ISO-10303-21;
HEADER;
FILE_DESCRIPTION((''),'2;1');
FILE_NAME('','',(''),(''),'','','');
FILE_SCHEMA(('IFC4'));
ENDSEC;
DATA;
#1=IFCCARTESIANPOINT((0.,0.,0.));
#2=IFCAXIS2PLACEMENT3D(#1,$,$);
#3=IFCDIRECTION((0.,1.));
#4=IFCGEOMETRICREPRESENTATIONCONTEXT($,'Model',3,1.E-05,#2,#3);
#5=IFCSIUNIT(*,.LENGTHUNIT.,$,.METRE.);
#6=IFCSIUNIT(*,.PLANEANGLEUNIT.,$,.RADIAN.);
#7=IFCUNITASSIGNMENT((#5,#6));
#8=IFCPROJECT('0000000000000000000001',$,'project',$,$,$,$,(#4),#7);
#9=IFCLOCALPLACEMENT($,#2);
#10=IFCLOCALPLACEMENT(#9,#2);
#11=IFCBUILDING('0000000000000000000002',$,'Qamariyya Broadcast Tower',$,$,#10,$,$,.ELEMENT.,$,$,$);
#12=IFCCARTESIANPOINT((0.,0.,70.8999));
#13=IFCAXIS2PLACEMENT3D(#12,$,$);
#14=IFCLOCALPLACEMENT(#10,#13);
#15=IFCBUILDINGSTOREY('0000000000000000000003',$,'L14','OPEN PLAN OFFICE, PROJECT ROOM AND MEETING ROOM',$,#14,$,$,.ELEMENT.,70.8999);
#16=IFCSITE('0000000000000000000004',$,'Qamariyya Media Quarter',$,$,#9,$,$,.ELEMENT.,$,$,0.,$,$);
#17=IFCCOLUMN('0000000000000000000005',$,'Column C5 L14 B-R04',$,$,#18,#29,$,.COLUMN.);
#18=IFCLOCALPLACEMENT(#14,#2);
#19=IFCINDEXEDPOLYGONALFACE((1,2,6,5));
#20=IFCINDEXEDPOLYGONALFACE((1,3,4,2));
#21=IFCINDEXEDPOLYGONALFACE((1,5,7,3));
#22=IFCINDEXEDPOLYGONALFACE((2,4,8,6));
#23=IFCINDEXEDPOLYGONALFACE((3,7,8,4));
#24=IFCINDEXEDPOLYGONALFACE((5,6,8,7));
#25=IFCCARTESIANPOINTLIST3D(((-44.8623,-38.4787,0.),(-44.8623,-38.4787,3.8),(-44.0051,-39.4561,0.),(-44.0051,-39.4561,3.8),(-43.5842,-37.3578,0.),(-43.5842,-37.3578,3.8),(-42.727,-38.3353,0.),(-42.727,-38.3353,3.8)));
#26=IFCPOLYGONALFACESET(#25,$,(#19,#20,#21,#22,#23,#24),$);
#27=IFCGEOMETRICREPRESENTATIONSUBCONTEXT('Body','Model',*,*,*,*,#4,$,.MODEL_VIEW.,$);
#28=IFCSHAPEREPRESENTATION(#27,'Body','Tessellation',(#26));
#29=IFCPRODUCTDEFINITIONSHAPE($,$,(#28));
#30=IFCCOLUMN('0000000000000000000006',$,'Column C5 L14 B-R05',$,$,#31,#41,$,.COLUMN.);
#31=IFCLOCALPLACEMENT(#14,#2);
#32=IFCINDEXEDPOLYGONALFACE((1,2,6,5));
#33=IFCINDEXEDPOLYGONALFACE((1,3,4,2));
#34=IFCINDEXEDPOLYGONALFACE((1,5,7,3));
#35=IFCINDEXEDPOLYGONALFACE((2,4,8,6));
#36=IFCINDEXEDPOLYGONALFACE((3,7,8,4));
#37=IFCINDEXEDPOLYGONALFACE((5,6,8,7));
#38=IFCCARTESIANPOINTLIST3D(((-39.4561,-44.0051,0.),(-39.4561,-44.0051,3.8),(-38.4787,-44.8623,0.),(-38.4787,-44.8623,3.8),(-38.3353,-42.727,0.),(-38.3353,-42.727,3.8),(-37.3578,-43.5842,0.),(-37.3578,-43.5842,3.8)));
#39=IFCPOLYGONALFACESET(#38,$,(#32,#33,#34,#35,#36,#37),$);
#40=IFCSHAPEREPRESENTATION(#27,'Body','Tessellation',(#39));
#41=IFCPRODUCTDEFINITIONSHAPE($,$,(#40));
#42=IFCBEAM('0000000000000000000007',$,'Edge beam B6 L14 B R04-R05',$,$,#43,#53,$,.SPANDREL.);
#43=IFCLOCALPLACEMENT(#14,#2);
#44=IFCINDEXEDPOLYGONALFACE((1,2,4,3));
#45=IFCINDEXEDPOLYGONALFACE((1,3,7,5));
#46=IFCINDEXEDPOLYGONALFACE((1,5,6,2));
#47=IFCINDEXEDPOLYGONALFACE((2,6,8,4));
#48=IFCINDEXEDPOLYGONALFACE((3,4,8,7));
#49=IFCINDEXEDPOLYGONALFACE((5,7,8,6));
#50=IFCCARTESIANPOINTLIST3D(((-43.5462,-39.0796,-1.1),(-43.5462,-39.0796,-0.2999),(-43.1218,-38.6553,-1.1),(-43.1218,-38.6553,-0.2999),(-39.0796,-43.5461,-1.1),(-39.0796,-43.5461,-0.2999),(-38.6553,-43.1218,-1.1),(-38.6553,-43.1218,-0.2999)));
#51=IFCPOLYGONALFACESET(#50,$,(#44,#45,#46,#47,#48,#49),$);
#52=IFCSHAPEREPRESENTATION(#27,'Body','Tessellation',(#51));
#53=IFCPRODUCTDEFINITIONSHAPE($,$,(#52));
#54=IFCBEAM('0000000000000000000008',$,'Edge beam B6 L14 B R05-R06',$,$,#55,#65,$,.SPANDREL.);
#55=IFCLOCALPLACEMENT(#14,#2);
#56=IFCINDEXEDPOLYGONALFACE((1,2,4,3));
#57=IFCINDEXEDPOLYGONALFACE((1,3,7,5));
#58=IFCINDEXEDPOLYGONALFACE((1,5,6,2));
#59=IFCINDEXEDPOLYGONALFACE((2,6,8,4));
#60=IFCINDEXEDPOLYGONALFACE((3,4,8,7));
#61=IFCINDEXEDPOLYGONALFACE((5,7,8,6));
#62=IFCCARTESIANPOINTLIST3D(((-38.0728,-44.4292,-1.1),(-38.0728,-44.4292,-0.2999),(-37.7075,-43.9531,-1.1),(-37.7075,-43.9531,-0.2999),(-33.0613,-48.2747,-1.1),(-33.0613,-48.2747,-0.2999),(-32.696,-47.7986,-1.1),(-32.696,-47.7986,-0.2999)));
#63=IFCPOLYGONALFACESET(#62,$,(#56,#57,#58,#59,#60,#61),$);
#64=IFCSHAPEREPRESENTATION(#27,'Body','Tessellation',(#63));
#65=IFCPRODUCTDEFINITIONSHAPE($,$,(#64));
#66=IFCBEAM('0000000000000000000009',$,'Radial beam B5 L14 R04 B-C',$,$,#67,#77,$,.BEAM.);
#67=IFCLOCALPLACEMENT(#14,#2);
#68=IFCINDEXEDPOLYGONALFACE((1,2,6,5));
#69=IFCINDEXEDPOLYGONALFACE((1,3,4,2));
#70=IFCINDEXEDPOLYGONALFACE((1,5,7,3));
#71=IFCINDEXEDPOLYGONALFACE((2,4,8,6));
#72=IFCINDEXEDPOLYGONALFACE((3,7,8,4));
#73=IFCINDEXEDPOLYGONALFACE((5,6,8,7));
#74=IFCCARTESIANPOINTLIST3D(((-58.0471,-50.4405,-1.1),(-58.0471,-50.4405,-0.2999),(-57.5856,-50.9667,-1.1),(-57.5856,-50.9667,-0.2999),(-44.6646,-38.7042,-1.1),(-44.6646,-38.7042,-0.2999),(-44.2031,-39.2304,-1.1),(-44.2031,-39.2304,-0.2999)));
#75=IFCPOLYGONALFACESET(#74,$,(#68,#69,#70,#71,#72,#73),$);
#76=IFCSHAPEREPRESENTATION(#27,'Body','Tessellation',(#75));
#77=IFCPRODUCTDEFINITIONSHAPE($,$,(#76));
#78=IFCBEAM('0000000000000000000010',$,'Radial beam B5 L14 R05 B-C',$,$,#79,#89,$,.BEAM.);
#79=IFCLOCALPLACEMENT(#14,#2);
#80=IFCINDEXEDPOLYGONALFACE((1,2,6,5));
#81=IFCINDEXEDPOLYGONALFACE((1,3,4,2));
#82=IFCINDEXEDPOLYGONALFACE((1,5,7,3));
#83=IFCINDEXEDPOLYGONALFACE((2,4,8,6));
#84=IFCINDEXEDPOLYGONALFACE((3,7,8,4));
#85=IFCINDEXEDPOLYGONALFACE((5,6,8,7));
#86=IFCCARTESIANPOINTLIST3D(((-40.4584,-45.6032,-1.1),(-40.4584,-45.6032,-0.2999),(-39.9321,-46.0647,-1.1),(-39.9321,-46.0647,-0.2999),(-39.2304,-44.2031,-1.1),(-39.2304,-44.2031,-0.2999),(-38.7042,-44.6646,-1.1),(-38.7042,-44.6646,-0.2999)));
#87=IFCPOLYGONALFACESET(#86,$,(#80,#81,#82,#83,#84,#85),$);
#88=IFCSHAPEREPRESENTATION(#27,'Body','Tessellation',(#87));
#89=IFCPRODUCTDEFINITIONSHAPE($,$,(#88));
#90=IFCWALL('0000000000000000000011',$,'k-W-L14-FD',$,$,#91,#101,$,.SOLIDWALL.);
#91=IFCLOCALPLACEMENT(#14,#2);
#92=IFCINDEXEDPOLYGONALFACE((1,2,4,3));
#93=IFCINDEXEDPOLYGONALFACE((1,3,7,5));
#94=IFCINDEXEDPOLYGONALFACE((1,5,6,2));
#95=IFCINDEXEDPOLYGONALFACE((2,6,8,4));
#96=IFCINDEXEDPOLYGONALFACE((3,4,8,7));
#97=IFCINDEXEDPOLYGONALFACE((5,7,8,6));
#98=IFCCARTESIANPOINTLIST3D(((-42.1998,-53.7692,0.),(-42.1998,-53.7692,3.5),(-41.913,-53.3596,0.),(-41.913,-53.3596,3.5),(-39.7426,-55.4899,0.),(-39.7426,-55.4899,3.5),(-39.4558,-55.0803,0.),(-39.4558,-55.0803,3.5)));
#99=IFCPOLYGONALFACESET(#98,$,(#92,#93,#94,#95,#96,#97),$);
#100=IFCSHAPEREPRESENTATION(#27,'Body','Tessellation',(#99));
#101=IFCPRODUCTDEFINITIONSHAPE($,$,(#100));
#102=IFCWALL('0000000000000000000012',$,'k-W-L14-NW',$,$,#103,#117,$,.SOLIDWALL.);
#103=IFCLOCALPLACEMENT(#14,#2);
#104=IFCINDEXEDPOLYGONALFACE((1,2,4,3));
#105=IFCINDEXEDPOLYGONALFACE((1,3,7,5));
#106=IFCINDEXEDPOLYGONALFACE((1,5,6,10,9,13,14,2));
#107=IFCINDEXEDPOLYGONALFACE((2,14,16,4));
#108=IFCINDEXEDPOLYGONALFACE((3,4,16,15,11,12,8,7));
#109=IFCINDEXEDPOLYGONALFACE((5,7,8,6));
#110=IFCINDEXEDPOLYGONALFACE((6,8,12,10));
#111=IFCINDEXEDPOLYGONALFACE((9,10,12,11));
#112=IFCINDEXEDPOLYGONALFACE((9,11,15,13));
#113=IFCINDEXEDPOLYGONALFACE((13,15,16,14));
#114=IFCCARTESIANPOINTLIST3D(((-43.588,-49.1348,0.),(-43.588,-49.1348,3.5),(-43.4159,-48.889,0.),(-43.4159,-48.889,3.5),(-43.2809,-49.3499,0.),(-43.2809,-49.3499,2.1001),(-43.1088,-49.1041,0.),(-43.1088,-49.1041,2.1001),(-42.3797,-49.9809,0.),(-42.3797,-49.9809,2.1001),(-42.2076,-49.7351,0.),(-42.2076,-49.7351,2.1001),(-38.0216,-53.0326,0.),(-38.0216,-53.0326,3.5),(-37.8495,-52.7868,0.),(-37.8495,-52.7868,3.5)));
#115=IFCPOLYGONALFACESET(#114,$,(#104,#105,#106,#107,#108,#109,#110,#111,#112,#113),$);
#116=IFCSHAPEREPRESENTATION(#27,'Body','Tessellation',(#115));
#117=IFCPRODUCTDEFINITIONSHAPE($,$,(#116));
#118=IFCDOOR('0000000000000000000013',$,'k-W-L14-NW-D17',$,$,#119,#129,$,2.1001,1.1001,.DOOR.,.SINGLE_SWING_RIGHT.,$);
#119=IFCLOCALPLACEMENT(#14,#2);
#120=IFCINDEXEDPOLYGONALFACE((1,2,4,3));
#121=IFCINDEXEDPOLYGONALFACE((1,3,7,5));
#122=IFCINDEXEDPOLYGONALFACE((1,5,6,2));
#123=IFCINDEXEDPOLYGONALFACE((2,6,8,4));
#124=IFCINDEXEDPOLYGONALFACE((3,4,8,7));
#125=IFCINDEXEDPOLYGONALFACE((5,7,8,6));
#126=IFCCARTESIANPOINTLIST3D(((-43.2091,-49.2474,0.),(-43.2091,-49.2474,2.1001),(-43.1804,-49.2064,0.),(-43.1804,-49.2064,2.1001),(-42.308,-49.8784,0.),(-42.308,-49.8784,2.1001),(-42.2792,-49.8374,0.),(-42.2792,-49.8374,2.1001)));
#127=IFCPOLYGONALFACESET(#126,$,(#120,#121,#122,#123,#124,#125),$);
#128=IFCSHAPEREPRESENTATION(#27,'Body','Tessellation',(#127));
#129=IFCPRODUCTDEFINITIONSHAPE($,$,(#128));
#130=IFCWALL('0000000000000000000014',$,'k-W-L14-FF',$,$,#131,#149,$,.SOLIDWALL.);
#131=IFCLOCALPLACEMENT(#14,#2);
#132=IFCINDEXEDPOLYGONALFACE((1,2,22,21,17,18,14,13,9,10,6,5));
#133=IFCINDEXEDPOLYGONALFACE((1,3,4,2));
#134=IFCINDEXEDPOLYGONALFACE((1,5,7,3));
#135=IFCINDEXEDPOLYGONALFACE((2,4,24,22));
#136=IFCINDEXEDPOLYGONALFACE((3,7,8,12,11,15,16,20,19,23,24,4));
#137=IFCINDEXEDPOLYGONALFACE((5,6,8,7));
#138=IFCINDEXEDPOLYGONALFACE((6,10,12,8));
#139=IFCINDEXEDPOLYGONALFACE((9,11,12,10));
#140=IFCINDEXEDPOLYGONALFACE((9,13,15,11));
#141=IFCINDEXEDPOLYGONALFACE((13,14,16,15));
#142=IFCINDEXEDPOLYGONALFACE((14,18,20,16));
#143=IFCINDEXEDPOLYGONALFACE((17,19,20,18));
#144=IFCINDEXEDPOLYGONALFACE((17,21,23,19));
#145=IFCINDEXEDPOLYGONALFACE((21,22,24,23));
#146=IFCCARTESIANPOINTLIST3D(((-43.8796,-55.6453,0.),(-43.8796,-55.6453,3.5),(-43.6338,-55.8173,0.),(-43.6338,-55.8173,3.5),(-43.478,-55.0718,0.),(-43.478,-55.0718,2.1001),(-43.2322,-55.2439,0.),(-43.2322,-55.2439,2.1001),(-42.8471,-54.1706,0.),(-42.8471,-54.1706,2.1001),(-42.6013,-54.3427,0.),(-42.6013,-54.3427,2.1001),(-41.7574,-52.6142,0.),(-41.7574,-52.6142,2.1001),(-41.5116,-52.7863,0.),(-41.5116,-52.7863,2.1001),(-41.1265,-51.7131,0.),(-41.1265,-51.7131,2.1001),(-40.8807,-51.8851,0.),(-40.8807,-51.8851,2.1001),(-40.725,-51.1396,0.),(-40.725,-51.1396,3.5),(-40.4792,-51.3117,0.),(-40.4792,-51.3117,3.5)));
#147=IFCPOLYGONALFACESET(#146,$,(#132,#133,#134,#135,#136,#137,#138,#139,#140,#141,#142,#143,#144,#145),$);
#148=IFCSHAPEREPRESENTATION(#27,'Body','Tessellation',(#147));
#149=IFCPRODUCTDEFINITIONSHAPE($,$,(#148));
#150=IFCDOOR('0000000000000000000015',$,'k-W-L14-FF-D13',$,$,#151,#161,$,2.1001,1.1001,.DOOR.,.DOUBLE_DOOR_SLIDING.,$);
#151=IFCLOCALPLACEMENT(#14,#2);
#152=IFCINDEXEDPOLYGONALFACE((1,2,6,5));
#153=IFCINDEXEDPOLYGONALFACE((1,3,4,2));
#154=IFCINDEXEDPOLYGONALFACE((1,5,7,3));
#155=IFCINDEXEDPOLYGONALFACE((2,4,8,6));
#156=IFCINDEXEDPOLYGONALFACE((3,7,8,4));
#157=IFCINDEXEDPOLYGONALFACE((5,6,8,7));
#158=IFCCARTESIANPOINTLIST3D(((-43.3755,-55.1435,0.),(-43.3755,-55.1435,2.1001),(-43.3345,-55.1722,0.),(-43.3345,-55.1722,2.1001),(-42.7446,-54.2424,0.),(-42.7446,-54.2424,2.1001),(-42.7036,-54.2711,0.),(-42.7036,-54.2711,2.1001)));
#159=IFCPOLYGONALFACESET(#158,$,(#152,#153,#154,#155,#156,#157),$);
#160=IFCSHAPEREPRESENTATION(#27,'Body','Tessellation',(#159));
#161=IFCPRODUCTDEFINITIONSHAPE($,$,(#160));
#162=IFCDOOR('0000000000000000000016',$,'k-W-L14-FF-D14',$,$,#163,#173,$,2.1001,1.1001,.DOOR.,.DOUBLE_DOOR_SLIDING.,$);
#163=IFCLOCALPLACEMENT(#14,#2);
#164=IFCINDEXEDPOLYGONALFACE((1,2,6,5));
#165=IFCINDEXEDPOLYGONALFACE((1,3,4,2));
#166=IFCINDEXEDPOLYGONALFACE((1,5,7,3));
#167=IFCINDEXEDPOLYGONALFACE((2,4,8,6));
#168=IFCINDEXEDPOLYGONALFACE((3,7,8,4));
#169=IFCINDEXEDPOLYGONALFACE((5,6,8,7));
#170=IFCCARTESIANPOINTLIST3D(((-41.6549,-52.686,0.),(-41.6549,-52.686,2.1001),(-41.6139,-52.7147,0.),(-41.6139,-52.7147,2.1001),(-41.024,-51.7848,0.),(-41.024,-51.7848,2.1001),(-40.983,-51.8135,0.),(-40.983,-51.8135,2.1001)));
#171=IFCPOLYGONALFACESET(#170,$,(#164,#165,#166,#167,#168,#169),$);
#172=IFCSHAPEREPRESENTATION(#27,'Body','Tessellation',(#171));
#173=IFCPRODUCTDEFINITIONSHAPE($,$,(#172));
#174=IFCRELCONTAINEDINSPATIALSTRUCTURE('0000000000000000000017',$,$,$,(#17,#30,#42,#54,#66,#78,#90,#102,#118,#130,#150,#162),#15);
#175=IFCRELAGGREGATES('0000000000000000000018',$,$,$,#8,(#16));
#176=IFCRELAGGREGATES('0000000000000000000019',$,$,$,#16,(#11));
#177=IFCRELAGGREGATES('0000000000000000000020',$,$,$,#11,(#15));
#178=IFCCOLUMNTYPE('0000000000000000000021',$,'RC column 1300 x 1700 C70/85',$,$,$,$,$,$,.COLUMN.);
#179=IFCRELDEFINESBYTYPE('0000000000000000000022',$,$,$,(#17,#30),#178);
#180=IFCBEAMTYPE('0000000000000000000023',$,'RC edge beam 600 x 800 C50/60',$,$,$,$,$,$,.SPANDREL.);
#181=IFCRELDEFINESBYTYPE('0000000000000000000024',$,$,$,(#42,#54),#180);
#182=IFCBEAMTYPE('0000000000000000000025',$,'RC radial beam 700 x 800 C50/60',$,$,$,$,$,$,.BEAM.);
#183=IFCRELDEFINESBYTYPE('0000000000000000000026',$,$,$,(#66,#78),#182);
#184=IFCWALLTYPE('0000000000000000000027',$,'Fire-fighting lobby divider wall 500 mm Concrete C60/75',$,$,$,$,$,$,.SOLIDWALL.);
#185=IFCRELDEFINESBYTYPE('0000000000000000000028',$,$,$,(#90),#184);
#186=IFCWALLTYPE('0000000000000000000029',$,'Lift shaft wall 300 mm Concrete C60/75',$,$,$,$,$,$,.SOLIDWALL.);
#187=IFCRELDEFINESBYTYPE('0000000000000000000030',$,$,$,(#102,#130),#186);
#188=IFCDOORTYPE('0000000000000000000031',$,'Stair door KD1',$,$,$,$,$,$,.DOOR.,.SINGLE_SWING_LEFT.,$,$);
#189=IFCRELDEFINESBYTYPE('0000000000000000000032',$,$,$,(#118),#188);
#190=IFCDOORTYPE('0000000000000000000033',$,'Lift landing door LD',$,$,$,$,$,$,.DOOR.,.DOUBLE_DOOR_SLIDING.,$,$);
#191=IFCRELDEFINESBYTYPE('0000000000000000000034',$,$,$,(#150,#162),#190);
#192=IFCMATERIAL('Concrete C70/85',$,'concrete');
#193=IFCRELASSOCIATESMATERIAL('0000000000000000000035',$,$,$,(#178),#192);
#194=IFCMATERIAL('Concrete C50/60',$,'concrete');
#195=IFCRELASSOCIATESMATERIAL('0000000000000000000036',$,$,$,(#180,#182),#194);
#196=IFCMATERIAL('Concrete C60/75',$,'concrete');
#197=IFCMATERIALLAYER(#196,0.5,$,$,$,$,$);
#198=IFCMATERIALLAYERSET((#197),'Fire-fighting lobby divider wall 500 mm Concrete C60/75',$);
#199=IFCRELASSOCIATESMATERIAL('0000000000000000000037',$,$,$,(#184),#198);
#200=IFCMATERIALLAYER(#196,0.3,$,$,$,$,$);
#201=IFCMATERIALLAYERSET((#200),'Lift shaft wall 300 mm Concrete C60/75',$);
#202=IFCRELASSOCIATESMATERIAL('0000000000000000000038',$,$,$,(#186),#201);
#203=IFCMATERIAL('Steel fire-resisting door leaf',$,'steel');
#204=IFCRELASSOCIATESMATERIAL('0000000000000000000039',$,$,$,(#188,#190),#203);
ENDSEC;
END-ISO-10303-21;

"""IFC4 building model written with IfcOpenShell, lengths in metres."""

from ifc_helpers import new_model, si_unit, direction, frame, frame_2d, origin, origin_2d, place, context, subcontext, project, spatial, rectangle, extrude, material, layer, layer_set, material_profile, profile_set, type_object, element, fill, save


model = new_model("IFC4")

# Units and contexts
model_context = context("Model", 3, precision=1e-05, world=origin(), true_north=direction((0.0, 1.0)))
body_context = subcontext(model_context, "Body", "Model", "MODEL_VIEW")
ifc_project = project(units=[si_unit("LENGTHUNIT", "METRE"), si_unit("PLANEANGLEUNIT", "RADIAN")], contexts=[model_context])

# Site, building, storey
site_placement = place(None, origin())
site = spatial("IfcSite", under=ifc_project, at=site_placement, Name="Qamariyya Media Quarter", CompositionType="ELEMENT", RefElevation=0.0)
building_placement = place(site_placement, origin())
building = spatial("IfcBuilding", under=site, at=building_placement, Name="Qamariyya Broadcast Tower", CompositionType="ELEMENT")
storey_placement = place(building_placement, frame((0.0, 0.0, 70.8999)))
storey = spatial("IfcBuildingStorey", under=building, at=storey_placement, Name="L14", Description="OPEN PLAN OFFICE, PROJECT ROOM AND MEETING ROOM", CompositionType="ELEMENT", Elevation=70.8999)

# Columns
ifc_material_1 = material(Name="Concrete C70/85", Category="concrete")
ifc_material_profile_1 = material_profile(ifc_material_1, rectangle(XDim=1.3, YDim=1.7, at=origin_2d()))
ifc_profile_set_1 = profile_set([ifc_material_profile_1], Name="Concrete C70/85")
column_type = type_object("IfcColumnType", Name="RC column 1300 x 1700 C70/85", PredefinedType="COLUMN", material=ifc_profile_set_1)
for number, where, z_axis, x_axis, name in (
    (1, (-43.7947, -38.407, 0.0), (0.0, 0.0, 1.0), (0.659346, -0.75184, 0.0), "Column C5 L14 B-R04"),
    (2, (-38.407, -43.7947, 0.0), (0.0, 0.0, 1.0), (0.75184, -0.659346, 0.0), "Column C5 L14 B-R05"),
):
    element("IfcColumn", number, at=place(storey_placement, frame(where, z_axis=z_axis, x_axis=x_axis)), inside=storey, type_object=column_type, Name=name, PredefinedType="COLUMN", context=body_context, shape_type="SweptSolid", body=[
        extrude(rectangle(XDim=1.3, YDim=1.7, at=origin_2d()), origin(), (0.0, 0.0, 1.0), 3.8),
    ])

# Beams
ifc_material_2 = material(Name="Concrete C50/60", Category="concrete")
ifc_material_profile_2 = material_profile(ifc_material_2, rectangle(XDim=0.6001, YDim=0.8, at=origin_2d()))
ifc_profile_set_2 = profile_set([ifc_material_profile_2], Name="Concrete C50/60")
beam_type_1 = type_object("IfcBeamType", Name="RC edge beam 600 x 800 C50/60", PredefinedType="SPANDREL", material=ifc_profile_set_2)
beam_1_placement = place(storey_placement, frame((-43.334, -38.8674, -0.7), z_axis=(0.707107, -0.707107, 0.0), x_axis=(0.707107, 0.707107, 0.0)))
element("IfcBeam", 3, at=beam_1_placement, inside=storey, type_object=beam_type_1, Name="Edge beam B6 L14 B R04-R05", PredefinedType="SPANDREL", context=body_context, shape_type="SweptSolid", body=[
    extrude(rectangle(XDim=0.6001, YDim=0.8, at=origin_2d()), origin(), (0.0, 0.0, 1.0), 6.3167),
])
beam_2_placement = place(storey_placement, frame((-37.8901, -44.1912, -0.7), z_axis=(0.793352, -0.608763, 0.0), x_axis=(0.608763, 0.793352, 0.0)))
element("IfcBeam", 4, at=beam_2_placement, inside=storey, type_object=beam_type_1, Name="Edge beam B6 L14 B R05-R06", PredefinedType="SPANDREL", context=body_context, shape_type="SweptSolid", body=[
    extrude(rectangle(XDim=0.6001, YDim=0.8, at=origin_2d()), origin(), (0.0, 0.0, 1.0), 6.3169),
])
ifc_material_profile_3 = material_profile(ifc_material_2, rectangle(XDim=0.7, YDim=0.8, at=origin_2d()))
ifc_profile_set_3 = profile_set([ifc_material_profile_3], Name="Concrete C50/60")
beam_type_2 = type_object("IfcBeamType", Name="RC radial beam 700 x 800 C50/60", PredefinedType="BEAM", material=ifc_profile_set_3)
beam_3_placement = place(storey_placement, frame((-44.4338, -38.9673, -0.7), z_axis=(-0.751836, -0.65935, 0.0), x_axis=(0.65935, -0.751836, 0.0)))
element("IfcBeam", 5, at=beam_3_placement, inside=storey, type_object=beam_type_2, Name="Radial beam B5 L14 R04 B-C", PredefinedType="BEAM", context=body_context, shape_type="SweptSolid", body=[
    extrude(rectangle(XDim=0.7, YDim=0.8, at=origin_2d()), origin(), (0.0, 0.0, 1.0), 17.7998),
])
beam_4_placement = place(storey_placement, frame((-38.9673, -44.4338, -0.7), z_axis=(-0.659386, -0.751805, 0.0), x_axis=(0.751805, -0.659386, 0.0)))
element("IfcBeam", 6, at=beam_4_placement, inside=storey, type_object=beam_type_2, Name="Radial beam B5 L14 R05 B-C", PredefinedType="BEAM", context=body_context, shape_type="SweptSolid", body=[
    extrude(rectangle(XDim=0.7, YDim=0.8, at=origin_2d()), origin(), (0.0, 0.0, 1.0), 1.8623),
])

# Wall
ifc_material_3 = material(Name="Concrete C60/75", Category="concrete")
ifc_layer_1 = layer(ifc_material_3, 0.5)
ifc_layer_set_1 = layer_set([ifc_layer_1], Name="Fire-fighting lobby divider wall 500 mm Concrete C60/75")
wall_type_1 = type_object("IfcWallType", Name="Fire-fighting lobby divider wall 500 mm Concrete C60/75", PredefinedType="SOLIDWALL", material=ifc_layer_set_1)
wall_1_placement = place(storey_placement, frame((-39.5991, -55.2852, 0.0), z_axis=(0.0, 0.0, 1.0), x_axis=(-0.819136, 0.573599, 0.0)))
element("IfcWall", 7, at=wall_1_placement, inside=storey, type_object=wall_type_1, Name="k-W-L14-FD", PredefinedType="SOLIDWALL", context=body_context, shape_type="SweptSolid", body=[
    extrude(rectangle(XDim=2.9998, YDim=0.5, at=frame_2d((1.5, 0.0))), origin(), (0.0, 0.0, 1.0), 3.5),
])

# Wall, opening, door
ifc_layer_2 = layer(ifc_material_3, 0.3)
ifc_layer_set_2 = layer_set([ifc_layer_2], Name="Lift shaft wall 300 mm Concrete C60/75")
wall_type_2 = type_object("IfcWallType", Name="Lift shaft wall 300 mm Concrete C60/75", PredefinedType="SOLIDWALL", material=ifc_layer_set_2)
wall_2_placement = place(storey_placement, frame((-37.9355, -52.9097, 0.0), z_axis=(0.0, 0.0, 1.0), x_axis=(-0.819148, 0.573583, 0.0)))
wall_2 = element("IfcWall", 8, at=wall_2_placement, inside=storey, type_object=wall_type_2, Name="k-W-L14-NW", PredefinedType="SOLIDWALL", context=body_context, shape_type="SweptSolid", body=[
    extrude(rectangle(XDim=6.7954, YDim=0.3, at=frame_2d((3.3977, 0.0))), origin(), (0.0, 0.0, 1.0), 3.5),
])
opening_1_placement = place(wall_2_placement, frame((5.3203, 0.0, 0.0)))
opening_1 = element("IfcOpeningElement", 9, at=opening_1_placement, cuts=wall_2, PredefinedType="OPENING", context=body_context, shape_type="SweptSolid", body=[
    extrude(rectangle(XDim=1.1001, YDim=2.1001, at=frame_2d((0.55, 1.05))), frame((0.0, 0.1599, 0.0), z_axis=(0.0, -1.0, 0.0), x_axis=(1.0, 0.0, 0.0)), (0.0, 0.0, 1.0), 0.3201),
])
ifc_material_4 = material(Name="Steel fire-resisting door leaf", Category="steel")
door_type_1 = type_object("IfcDoorType", Name="Stair door KD1", OperationType="SINGLE_SWING_LEFT", PredefinedType="DOOR", material=ifc_material_4)
door_1_placement = place(opening_1_placement, origin())
door_1 = element("IfcDoor", 10, at=door_1_placement, inside=storey, type_object=door_type_1, Name="k-W-L14-NW-D17", OperationType="SINGLE_SWING_RIGHT", OverallHeight=2.1001, OverallWidth=1.1001, PredefinedType="DOOR", context=body_context, shape_type="SweptSolid", body=[
    extrude(rectangle(XDim=1.1001, YDim=2.1001, at=frame_2d((0.55, 1.05))), frame((0.0, 0.0249, 0.0), z_axis=(0.0, -1.0, 0.0), x_axis=(1.0, 0.0, 0.0)), (0.0, 0.0, 1.0), 0.05),
])
fill(opening_1, door_1)

# Wall, openings, doors
wall_3_placement = place(storey_placement, frame((-43.7566, -55.7312, 0.0), z_axis=(0.0, 0.0, 1.0), x_axis=(0.573537, 0.81918, 0.0)))
wall_3 = element("IfcWall", 11, at=wall_3_placement, inside=storey, type_object=wall_type_2, Name="k-W-L14-FF", PredefinedType="SOLIDWALL", context=body_context, shape_type="SweptSolid", body=[
    extrude(rectangle(XDim=5.5002, YDim=0.3, at=frame_2d((2.75, 0.0))), origin(), (0.0, 0.0, 1.0), 3.5),
])
opening_2_placement = place(wall_3_placement, frame((0.7, 0.0, 0.0)))
opening_2 = element("IfcOpeningElement", 12, at=opening_2_placement, cuts=wall_3, PredefinedType="OPENING", context=body_context, shape_type="SweptSolid", body=[
    extrude(rectangle(XDim=1.1001, YDim=2.1001, at=frame_2d((0.55, 1.05))), frame((0.0, 0.1599, 0.0), z_axis=(0.0, -1.0, 0.0), x_axis=(1.0, 0.0, 0.0)), (0.0, 0.0, 1.0), 0.3201),
])
opening_3_placement = place(wall_3_placement, frame((3.7, 0.0, 0.0)))
opening_3 = element("IfcOpeningElement", 13, at=opening_3_placement, cuts=wall_3, PredefinedType="OPENING", context=body_context, shape_type="SweptSolid", body=[
    extrude(rectangle(XDim=1.1001, YDim=2.1001, at=frame_2d((0.55, 1.05))), frame((0.0, 0.1599, 0.0), z_axis=(0.0, -1.0, 0.0), x_axis=(1.0, 0.0, 0.0)), (0.0, 0.0, 1.0), 0.3201),
])
door_type_2 = type_object("IfcDoorType", Name="Lift landing door LD", OperationType="DOUBLE_DOOR_SLIDING", PredefinedType="DOOR", material=ifc_material_4)
door_2_placement = place(opening_2_placement, origin())
door_2 = element("IfcDoor", 14, at=door_2_placement, inside=storey, type_object=door_type_2, Name="k-W-L14-FF-D13", OperationType="DOUBLE_DOOR_SLIDING", OverallHeight=2.1001, OverallWidth=1.1001, PredefinedType="DOOR", context=body_context, shape_type="SweptSolid", body=[
    extrude(rectangle(XDim=1.1001, YDim=2.1001, at=frame_2d((0.55, 1.05))), frame((0.0, 0.0249, 0.0), z_axis=(0.0, -1.0, 0.0), x_axis=(1.0, 0.0, 0.0)), (0.0, 0.0, 1.0), 0.05),
])
fill(opening_2, door_2)
door_3_placement = place(opening_3_placement, origin())
door_3 = element("IfcDoor", 15, at=door_3_placement, inside=storey, type_object=door_type_2, Name="k-W-L14-FF-D14", OperationType="DOUBLE_DOOR_SLIDING", OverallHeight=2.1001, OverallWidth=1.1001, PredefinedType="DOOR", context=body_context, shape_type="SweptSolid", body=[
    extrude(rectangle(XDim=1.1001, YDim=2.1001, at=frame_2d((0.55, 1.05))), frame((0.0, 0.0249, 0.0), z_axis=(0.0, -1.0, 0.0), x_axis=(1.0, 0.0, 0.0)), (0.0, 0.0, 1.0), 0.05),
])
fill(opening_3, door_3)

save(model, "model.ifc")
